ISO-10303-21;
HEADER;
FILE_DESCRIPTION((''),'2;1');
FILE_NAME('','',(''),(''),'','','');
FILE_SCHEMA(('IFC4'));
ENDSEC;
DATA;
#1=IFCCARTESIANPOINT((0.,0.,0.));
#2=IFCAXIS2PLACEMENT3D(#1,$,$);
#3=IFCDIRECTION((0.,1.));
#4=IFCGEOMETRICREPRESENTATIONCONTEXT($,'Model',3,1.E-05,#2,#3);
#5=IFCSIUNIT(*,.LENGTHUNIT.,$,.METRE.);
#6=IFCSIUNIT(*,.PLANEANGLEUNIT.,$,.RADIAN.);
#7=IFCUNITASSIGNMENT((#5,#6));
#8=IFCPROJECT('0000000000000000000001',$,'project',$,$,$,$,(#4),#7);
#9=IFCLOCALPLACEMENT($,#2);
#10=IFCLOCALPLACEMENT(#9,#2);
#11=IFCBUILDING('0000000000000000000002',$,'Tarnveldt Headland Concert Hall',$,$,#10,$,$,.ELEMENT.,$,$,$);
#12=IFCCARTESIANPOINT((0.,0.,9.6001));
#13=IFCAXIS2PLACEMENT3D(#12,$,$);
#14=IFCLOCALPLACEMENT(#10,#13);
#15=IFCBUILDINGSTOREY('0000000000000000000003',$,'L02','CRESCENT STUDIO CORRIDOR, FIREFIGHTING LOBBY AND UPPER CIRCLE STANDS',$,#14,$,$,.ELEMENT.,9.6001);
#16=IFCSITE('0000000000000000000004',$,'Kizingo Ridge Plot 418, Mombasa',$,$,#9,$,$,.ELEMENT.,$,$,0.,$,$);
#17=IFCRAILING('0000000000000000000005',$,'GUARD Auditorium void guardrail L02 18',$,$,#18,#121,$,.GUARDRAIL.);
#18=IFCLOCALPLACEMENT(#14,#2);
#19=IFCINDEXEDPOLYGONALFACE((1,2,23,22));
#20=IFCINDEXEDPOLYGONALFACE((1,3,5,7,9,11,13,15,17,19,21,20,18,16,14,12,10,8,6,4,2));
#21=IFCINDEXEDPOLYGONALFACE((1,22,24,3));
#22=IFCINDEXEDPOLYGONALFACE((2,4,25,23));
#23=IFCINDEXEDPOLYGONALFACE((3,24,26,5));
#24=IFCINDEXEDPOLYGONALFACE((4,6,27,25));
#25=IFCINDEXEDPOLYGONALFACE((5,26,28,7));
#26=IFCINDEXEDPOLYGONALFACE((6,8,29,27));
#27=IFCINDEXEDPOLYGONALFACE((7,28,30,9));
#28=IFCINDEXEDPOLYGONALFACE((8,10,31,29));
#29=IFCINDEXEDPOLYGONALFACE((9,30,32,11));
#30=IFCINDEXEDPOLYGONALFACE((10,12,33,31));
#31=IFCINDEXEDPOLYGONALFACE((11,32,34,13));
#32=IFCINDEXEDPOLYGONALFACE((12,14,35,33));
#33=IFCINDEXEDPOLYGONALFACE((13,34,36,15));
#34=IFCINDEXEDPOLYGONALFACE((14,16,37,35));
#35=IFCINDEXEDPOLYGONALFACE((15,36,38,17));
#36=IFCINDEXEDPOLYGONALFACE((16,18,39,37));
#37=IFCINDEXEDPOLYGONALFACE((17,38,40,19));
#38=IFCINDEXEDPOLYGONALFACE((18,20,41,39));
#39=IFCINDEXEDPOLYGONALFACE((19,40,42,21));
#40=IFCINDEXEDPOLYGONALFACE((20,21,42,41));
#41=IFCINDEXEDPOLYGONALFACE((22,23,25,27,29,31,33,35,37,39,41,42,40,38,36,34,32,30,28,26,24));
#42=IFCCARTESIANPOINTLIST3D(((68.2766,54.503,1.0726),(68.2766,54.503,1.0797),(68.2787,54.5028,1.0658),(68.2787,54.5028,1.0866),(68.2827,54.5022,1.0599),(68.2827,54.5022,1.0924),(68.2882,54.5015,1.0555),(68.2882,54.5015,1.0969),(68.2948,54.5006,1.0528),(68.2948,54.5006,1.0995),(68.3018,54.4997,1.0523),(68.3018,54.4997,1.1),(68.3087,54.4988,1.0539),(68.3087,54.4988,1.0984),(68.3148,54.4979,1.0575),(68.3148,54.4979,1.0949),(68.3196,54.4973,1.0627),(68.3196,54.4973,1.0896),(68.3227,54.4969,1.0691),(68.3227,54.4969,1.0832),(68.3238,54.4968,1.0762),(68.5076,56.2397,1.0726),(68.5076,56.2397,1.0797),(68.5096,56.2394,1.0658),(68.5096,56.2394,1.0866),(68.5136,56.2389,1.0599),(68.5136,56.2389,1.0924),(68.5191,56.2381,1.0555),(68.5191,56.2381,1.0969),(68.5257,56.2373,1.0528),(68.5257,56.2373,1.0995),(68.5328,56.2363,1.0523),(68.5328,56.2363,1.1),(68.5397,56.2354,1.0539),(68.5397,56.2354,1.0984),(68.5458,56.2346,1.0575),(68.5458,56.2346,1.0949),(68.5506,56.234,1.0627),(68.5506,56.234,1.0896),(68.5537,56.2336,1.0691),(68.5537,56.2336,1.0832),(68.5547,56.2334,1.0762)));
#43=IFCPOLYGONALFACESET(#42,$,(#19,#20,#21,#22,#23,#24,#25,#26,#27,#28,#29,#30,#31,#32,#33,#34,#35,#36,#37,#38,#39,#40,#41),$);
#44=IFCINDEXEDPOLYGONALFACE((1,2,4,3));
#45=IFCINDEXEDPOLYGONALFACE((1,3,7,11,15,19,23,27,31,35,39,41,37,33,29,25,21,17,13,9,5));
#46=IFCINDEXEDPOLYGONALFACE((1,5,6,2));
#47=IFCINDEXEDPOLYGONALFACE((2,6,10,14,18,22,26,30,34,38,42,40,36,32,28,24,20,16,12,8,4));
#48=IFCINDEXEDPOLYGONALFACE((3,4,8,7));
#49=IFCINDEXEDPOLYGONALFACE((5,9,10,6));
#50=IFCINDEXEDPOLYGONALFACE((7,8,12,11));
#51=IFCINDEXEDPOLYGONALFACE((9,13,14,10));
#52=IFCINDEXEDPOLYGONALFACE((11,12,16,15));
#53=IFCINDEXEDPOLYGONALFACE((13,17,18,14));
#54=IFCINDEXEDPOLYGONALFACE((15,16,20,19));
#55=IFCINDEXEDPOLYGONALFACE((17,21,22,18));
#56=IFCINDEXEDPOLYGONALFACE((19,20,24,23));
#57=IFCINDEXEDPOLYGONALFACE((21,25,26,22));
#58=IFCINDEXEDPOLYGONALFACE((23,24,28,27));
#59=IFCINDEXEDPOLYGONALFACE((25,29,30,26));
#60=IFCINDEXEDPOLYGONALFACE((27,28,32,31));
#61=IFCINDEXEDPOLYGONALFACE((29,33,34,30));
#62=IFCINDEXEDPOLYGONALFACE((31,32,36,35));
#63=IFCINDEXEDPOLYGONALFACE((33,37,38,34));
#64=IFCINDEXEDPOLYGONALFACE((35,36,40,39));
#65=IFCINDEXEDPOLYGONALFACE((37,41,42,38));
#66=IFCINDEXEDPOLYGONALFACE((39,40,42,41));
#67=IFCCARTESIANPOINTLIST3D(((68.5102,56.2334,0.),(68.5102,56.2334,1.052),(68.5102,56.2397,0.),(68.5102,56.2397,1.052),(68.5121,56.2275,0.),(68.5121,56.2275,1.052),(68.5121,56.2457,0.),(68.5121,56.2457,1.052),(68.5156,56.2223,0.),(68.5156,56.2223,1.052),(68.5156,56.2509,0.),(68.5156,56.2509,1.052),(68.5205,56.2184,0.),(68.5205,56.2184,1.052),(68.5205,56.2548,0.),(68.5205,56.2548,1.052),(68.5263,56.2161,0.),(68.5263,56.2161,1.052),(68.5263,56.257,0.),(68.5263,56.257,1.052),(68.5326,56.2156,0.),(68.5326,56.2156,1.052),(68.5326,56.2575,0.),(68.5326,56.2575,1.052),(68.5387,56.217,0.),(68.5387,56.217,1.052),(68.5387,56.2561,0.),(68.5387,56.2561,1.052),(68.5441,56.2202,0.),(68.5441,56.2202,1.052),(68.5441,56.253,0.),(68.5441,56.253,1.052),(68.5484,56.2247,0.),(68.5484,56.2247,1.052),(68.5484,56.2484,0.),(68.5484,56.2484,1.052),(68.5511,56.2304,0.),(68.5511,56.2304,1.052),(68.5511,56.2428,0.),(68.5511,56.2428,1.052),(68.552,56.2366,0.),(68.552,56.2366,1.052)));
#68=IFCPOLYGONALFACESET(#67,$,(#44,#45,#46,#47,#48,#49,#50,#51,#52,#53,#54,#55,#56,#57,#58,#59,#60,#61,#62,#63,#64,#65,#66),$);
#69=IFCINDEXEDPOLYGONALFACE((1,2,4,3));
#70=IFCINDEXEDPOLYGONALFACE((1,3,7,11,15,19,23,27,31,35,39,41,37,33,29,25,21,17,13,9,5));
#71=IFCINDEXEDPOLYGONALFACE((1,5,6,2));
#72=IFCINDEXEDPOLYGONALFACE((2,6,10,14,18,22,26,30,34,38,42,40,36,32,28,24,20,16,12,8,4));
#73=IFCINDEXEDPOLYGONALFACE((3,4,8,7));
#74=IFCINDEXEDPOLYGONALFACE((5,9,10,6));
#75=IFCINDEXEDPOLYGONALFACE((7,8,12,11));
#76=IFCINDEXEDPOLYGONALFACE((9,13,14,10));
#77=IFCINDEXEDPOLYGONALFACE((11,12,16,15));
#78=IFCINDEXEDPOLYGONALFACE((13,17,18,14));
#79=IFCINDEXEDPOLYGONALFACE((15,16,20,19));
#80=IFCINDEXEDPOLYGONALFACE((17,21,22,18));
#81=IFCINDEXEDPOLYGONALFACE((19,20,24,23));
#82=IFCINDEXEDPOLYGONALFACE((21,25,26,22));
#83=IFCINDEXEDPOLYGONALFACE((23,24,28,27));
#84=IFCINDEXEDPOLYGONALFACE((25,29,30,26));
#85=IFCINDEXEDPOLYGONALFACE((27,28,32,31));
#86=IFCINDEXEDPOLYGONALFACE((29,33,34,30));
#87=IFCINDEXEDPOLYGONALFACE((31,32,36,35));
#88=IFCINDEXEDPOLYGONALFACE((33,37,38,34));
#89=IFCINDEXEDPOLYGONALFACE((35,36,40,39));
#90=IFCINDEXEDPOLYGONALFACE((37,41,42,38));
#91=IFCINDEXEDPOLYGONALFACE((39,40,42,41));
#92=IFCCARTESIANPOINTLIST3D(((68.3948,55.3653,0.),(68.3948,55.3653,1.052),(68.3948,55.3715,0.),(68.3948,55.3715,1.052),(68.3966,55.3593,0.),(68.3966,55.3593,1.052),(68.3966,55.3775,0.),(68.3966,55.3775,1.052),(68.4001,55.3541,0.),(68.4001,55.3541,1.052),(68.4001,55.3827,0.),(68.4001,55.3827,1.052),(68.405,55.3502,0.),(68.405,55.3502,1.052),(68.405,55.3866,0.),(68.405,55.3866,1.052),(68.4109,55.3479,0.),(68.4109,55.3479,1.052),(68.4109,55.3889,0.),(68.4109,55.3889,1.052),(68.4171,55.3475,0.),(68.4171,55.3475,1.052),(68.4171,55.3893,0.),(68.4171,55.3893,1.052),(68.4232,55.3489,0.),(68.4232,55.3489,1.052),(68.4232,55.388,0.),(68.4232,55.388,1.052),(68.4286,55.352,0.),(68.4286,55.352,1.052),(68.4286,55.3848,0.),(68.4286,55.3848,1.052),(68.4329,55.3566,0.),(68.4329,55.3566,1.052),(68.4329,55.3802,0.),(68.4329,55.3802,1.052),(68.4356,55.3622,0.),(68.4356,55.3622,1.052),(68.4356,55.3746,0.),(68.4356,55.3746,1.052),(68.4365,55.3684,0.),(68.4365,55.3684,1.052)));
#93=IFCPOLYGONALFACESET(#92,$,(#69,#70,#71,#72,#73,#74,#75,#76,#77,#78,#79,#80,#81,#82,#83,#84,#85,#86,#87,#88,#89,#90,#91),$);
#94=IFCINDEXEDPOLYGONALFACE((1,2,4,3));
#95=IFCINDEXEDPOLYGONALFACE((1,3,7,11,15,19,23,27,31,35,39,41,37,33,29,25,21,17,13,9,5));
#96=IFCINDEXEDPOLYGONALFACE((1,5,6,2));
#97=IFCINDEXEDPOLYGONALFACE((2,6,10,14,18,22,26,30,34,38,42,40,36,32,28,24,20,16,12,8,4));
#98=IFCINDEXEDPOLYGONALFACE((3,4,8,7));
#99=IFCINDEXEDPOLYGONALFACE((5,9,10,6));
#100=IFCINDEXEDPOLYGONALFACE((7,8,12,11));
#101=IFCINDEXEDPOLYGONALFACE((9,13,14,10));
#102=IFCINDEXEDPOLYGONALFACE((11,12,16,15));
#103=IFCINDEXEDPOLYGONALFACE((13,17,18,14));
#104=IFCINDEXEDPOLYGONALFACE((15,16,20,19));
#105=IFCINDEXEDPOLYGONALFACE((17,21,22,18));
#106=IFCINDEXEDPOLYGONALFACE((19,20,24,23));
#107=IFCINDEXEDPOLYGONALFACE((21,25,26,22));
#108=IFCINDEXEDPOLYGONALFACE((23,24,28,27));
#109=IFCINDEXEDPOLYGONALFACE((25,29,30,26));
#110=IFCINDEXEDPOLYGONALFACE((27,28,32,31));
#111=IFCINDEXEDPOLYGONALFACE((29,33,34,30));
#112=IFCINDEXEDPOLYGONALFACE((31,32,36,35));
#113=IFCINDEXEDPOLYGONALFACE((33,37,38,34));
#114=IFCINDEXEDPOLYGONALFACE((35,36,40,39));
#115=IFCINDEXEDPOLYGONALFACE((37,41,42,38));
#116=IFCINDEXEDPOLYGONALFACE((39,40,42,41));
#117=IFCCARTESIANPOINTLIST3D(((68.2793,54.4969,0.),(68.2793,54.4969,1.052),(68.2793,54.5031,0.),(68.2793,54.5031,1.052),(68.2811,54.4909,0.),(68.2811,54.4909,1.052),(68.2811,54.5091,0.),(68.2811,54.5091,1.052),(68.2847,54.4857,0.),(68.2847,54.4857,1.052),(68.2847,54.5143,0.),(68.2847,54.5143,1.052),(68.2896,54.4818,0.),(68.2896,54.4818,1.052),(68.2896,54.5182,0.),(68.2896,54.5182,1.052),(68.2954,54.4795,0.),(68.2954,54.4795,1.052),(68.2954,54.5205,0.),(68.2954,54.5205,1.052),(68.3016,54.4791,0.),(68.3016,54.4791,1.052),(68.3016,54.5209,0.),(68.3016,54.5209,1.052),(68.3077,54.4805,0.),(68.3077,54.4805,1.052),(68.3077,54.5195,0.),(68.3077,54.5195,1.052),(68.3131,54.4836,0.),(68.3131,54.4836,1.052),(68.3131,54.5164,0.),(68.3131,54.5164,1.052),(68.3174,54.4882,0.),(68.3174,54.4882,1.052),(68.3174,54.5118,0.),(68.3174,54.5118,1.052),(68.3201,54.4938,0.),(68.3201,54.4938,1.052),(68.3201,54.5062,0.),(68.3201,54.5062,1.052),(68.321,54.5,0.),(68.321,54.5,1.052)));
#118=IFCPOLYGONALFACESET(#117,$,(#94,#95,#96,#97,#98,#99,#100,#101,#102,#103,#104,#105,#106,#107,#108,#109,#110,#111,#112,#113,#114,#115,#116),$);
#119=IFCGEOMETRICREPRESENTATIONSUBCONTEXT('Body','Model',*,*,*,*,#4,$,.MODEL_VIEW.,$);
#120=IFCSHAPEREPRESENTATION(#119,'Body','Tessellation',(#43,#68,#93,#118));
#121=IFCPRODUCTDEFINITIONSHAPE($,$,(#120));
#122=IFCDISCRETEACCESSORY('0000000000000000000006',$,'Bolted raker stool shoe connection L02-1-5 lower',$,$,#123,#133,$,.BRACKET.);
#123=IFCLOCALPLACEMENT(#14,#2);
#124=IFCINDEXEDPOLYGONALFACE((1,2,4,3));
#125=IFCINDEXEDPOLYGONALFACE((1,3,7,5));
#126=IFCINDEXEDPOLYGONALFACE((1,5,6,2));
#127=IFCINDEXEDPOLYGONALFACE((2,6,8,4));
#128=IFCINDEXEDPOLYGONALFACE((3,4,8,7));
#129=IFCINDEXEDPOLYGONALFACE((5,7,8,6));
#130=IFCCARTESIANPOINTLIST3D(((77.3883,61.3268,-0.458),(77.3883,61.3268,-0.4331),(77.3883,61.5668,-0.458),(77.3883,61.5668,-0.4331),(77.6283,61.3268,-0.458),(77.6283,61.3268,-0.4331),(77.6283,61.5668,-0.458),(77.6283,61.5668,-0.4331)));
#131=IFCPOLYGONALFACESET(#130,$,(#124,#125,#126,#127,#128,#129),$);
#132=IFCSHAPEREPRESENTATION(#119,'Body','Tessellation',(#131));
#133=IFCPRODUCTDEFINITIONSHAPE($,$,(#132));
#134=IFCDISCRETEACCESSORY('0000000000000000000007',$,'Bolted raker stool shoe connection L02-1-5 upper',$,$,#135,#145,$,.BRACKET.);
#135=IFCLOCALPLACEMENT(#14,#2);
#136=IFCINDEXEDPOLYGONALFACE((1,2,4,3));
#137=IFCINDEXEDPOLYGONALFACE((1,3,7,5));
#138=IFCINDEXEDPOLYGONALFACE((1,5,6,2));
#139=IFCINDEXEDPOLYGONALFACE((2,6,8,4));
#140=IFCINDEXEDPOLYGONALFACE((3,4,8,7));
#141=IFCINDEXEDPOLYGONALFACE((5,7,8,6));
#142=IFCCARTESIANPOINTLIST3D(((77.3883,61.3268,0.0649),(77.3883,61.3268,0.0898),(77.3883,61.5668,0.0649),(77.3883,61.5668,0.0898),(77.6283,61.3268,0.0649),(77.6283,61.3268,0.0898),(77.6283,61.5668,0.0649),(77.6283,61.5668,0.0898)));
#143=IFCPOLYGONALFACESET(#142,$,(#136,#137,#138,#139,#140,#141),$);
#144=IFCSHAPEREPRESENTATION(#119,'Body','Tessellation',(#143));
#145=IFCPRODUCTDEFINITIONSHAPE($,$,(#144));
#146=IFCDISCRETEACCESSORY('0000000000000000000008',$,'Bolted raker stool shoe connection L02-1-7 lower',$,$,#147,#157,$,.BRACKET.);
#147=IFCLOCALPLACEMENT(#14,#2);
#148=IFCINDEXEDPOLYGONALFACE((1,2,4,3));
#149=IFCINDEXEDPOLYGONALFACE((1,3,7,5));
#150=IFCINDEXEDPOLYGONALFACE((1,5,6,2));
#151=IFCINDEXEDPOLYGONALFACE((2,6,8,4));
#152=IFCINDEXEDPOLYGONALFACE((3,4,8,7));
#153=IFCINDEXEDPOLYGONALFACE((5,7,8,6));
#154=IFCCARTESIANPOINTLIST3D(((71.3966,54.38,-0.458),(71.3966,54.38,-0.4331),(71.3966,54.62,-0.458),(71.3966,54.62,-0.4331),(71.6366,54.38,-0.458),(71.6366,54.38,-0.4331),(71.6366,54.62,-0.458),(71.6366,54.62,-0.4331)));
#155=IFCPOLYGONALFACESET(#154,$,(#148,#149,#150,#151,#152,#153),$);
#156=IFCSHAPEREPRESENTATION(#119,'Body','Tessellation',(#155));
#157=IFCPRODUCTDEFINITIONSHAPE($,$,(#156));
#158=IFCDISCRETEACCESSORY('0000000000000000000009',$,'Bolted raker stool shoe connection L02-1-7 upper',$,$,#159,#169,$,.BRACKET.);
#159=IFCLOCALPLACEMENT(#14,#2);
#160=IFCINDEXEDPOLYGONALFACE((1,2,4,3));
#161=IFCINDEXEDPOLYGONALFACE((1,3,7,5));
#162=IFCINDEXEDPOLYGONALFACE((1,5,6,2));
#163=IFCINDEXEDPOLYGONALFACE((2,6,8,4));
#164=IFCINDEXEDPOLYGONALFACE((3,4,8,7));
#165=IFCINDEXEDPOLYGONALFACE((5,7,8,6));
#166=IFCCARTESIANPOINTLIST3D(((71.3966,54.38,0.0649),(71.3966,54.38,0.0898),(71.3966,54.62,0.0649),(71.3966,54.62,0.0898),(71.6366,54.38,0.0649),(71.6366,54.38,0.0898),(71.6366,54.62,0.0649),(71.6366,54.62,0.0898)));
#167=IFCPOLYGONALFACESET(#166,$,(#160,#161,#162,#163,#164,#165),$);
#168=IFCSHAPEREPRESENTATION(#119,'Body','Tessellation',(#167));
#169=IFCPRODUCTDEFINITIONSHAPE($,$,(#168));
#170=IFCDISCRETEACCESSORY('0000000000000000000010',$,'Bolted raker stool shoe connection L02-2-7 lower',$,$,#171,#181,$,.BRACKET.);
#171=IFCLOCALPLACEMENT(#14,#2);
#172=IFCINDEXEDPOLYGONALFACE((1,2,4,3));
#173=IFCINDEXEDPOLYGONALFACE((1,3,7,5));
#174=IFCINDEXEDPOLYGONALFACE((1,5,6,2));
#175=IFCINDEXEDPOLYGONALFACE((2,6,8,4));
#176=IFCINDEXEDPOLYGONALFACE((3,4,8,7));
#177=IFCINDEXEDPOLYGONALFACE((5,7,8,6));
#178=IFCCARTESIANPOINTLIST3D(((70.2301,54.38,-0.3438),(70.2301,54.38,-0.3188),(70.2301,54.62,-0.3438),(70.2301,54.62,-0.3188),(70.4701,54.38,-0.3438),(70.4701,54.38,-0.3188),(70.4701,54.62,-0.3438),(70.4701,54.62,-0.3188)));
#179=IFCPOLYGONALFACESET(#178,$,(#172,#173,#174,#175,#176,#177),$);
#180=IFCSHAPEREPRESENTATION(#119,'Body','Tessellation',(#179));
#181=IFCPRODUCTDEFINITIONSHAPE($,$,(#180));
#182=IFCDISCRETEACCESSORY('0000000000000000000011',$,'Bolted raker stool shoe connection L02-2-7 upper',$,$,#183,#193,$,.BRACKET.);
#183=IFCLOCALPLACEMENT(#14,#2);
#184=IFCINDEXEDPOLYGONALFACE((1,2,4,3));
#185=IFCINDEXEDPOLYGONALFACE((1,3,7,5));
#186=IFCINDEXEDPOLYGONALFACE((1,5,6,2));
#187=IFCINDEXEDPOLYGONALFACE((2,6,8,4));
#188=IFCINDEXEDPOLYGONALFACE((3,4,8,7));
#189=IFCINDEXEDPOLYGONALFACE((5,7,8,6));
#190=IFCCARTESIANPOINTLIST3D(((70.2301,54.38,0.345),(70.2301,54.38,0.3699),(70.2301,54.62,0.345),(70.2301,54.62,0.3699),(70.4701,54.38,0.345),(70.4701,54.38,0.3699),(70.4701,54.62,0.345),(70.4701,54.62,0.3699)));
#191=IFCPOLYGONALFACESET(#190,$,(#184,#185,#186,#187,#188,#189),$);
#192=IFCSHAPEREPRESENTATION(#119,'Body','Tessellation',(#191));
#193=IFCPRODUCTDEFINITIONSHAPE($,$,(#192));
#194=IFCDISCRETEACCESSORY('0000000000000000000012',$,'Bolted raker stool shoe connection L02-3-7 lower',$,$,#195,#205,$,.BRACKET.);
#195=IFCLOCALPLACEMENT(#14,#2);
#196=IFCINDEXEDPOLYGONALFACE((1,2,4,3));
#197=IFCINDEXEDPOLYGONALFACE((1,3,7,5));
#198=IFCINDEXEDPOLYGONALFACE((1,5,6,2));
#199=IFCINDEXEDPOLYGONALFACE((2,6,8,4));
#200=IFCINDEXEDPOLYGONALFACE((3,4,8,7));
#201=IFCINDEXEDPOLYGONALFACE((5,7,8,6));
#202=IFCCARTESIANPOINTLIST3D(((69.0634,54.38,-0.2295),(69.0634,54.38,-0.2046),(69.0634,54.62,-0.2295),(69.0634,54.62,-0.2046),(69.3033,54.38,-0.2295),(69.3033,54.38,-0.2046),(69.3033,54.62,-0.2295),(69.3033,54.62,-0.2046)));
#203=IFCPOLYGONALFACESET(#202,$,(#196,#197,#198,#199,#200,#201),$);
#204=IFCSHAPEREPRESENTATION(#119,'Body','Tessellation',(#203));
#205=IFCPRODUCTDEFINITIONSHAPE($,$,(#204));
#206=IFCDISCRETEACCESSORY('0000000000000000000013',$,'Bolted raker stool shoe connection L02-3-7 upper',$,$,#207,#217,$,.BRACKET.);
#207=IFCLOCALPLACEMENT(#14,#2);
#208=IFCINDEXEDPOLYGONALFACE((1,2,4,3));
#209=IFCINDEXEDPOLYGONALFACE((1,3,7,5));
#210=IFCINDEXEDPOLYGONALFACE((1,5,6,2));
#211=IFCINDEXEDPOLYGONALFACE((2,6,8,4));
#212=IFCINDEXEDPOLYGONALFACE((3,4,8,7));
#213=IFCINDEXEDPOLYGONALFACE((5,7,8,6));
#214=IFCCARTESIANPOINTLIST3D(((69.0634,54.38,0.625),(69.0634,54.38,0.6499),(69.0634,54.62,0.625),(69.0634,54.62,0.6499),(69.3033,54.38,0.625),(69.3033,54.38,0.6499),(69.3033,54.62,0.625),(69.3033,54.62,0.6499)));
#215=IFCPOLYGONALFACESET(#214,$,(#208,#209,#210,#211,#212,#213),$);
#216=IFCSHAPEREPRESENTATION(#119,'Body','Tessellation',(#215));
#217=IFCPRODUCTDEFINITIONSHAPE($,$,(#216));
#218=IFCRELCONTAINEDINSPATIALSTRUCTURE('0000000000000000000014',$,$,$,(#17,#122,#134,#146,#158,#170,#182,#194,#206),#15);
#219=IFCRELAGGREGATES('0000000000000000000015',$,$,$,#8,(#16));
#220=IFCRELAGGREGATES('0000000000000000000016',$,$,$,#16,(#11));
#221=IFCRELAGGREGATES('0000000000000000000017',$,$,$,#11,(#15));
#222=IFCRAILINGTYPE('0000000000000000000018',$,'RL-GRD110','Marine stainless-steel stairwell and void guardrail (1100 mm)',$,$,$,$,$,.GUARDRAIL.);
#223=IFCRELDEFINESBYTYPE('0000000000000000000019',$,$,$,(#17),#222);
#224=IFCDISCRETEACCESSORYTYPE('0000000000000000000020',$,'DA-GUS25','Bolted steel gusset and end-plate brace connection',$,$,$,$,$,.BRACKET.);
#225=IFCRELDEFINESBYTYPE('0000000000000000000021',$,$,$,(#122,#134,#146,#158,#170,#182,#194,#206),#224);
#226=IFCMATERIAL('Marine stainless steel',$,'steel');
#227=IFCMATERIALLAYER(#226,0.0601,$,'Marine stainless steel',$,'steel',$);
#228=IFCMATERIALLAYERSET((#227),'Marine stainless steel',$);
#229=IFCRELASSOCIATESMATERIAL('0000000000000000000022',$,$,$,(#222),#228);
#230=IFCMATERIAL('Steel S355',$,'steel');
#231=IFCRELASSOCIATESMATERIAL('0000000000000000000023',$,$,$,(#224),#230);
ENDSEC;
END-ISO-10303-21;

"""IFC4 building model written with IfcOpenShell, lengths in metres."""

from ifc_helpers import new_model, si_unit, direction, frame, origin, origin_2d, place, context, subcontext, project, spatial, rectangle, circle, extrude, material, layer, layer_set, type_object, element, save


model = new_model("IFC4")

# Units and contexts
model_context = context("Model", 3, precision=1e-05, world=origin(), true_north=direction((0.0, 1.0)))
body_context = subcontext(model_context, "Body", "Model", "MODEL_VIEW")
ifc_project = project(units=[si_unit("LENGTHUNIT", "METRE"), si_unit("PLANEANGLEUNIT", "RADIAN")], contexts=[model_context])

# Site, building, storey
site_placement = place(None, origin())
site = spatial("IfcSite", under=ifc_project, at=site_placement, Name="Kizingo Ridge Plot 418, Mombasa", CompositionType="ELEMENT", RefElevation=0.0)
building_placement = place(site_placement, origin())
building = spatial("IfcBuilding", under=site, at=building_placement, Name="Tarnveldt Headland Concert Hall", CompositionType="ELEMENT")
storey_placement = place(building_placement, frame((0.0, 0.0, 9.6001)))
storey = spatial("IfcBuildingStorey", under=building, at=storey_placement, Name="L02", Description="CRESCENT STUDIO CORRIDOR, FIREFIGHTING LOBBY AND UPPER CIRCLE STANDS", CompositionType="ELEMENT", Elevation=9.6001)

# Shared definitions
ifc_material_1 = material(Name="Steel S355", Category="steel")

# Railing
ifc_material_2 = material(Name="Marine stainless steel", Category="steel")
ifc_layer = layer(ifc_material_2, 0.0601, Name="Marine stainless steel", Category="steel")
ifc_layer_set = layer_set([ifc_layer], Name="Marine stainless steel")
railing_type = type_object("IfcRailingType", Name="RL-GRD110", Description="Marine stainless-steel stairwell and void guardrail (1100 mm)", PredefinedType="GUARDRAIL", material=ifc_layer_set)
railing_1_placement = place(storey_placement, frame((68.531, 56.2366, 0.0)))
element("IfcRailing", 1, at=railing_1_placement, inside=storey, type_object=railing_type, Name="GUARD Auditorium void guardrail L02 18", PredefinedType="GUARDRAIL", context=body_context, shape_type="SweptSolid", body=[
    extrude(circle(Radius=0.0239, at=origin_2d()), frame((0.0, 0.0, 1.0762), z_axis=(-0.131835, -0.991272, 0.0), x_axis=(0.991272, -0.131835, 0.0)), (0.0, 0.0, 1.0), 1.752),
    extrude(circle(Radius=0.021, at=origin_2d()), origin(), (0.0, 0.0, 1.0), 1.052),
    extrude(circle(Radius=0.021, at=origin_2d()), frame((-0.1155, -0.8682, 0.0)), (0.0, 0.0, 1.0), 1.052),
    extrude(circle(Radius=0.021, at=origin_2d()), frame((-0.231, -1.7366, 0.0)), (0.0, 0.0, 1.0), 1.052),
])

# Discrete accessories
discrete_accessory_type = type_object("IfcDiscreteAccessoryType", Name="DA-GUS25", Description="Bolted steel gusset and end-plate brace connection", PredefinedType="BRACKET", material=ifc_material_1)
for number, where, z_axis, x_axis, name in (
    (2, (77.5083, 61.4468, -0.458), (0.0, 0.0, 1.0), (1.0, 0.0, 0.0), "Bolted raker stool shoe connection L02-1-5 lower"),
    (3, (77.5083, 61.4468, 0.0649), (0.0, 0.0, 1.0), (1.0, 0.0, 0.0), "Bolted raker stool shoe connection L02-1-5 upper"),
    (4, (71.5166, 54.5, -0.458), (0.0, 0.0, 1.0), (1.0, 0.0, 0.0), "Bolted raker stool shoe connection L02-1-7 lower"),
    (5, (71.5166, 54.5, 0.0649), (0.0, 0.0, 1.0), (1.0, 0.0, 0.0), "Bolted raker stool shoe connection L02-1-7 upper"),
    (6, (70.3501, 54.5, -0.3438), (0.0, 0.0, 1.0), (1.0, 0.0, 0.0), "Bolted raker stool shoe connection L02-2-7 lower"),
    (7, (70.3501, 54.5, 0.345), (0.0, 0.0, 1.0), (1.0, 0.0, 0.0), "Bolted raker stool shoe connection L02-2-7 upper"),
    (8, (69.1833, 54.5, -0.2295), (0.0, 0.0, 1.0), (1.0, 0.0, 0.0), "Bolted raker stool shoe connection L02-3-7 lower"),
    (9, (69.1833, 54.5, 0.625), (0.0, 0.0, 1.0), (1.0, 0.0, 0.0), "Bolted raker stool shoe connection L02-3-7 upper"),
):
    element("IfcDiscreteAccessory", number, at=place(storey_placement, frame(where, z_axis=z_axis, x_axis=x_axis)), inside=storey, type_object=discrete_accessory_type, Name=name, PredefinedType="BRACKET", context=body_context, shape_type="SweptSolid", body=[
        extrude(rectangle(XDim=0.24, YDim=0.24, at=origin_2d()), origin(), (0.0, 0.0, 1.0), 0.0249),
    ])

save(model, "model.ifc")
